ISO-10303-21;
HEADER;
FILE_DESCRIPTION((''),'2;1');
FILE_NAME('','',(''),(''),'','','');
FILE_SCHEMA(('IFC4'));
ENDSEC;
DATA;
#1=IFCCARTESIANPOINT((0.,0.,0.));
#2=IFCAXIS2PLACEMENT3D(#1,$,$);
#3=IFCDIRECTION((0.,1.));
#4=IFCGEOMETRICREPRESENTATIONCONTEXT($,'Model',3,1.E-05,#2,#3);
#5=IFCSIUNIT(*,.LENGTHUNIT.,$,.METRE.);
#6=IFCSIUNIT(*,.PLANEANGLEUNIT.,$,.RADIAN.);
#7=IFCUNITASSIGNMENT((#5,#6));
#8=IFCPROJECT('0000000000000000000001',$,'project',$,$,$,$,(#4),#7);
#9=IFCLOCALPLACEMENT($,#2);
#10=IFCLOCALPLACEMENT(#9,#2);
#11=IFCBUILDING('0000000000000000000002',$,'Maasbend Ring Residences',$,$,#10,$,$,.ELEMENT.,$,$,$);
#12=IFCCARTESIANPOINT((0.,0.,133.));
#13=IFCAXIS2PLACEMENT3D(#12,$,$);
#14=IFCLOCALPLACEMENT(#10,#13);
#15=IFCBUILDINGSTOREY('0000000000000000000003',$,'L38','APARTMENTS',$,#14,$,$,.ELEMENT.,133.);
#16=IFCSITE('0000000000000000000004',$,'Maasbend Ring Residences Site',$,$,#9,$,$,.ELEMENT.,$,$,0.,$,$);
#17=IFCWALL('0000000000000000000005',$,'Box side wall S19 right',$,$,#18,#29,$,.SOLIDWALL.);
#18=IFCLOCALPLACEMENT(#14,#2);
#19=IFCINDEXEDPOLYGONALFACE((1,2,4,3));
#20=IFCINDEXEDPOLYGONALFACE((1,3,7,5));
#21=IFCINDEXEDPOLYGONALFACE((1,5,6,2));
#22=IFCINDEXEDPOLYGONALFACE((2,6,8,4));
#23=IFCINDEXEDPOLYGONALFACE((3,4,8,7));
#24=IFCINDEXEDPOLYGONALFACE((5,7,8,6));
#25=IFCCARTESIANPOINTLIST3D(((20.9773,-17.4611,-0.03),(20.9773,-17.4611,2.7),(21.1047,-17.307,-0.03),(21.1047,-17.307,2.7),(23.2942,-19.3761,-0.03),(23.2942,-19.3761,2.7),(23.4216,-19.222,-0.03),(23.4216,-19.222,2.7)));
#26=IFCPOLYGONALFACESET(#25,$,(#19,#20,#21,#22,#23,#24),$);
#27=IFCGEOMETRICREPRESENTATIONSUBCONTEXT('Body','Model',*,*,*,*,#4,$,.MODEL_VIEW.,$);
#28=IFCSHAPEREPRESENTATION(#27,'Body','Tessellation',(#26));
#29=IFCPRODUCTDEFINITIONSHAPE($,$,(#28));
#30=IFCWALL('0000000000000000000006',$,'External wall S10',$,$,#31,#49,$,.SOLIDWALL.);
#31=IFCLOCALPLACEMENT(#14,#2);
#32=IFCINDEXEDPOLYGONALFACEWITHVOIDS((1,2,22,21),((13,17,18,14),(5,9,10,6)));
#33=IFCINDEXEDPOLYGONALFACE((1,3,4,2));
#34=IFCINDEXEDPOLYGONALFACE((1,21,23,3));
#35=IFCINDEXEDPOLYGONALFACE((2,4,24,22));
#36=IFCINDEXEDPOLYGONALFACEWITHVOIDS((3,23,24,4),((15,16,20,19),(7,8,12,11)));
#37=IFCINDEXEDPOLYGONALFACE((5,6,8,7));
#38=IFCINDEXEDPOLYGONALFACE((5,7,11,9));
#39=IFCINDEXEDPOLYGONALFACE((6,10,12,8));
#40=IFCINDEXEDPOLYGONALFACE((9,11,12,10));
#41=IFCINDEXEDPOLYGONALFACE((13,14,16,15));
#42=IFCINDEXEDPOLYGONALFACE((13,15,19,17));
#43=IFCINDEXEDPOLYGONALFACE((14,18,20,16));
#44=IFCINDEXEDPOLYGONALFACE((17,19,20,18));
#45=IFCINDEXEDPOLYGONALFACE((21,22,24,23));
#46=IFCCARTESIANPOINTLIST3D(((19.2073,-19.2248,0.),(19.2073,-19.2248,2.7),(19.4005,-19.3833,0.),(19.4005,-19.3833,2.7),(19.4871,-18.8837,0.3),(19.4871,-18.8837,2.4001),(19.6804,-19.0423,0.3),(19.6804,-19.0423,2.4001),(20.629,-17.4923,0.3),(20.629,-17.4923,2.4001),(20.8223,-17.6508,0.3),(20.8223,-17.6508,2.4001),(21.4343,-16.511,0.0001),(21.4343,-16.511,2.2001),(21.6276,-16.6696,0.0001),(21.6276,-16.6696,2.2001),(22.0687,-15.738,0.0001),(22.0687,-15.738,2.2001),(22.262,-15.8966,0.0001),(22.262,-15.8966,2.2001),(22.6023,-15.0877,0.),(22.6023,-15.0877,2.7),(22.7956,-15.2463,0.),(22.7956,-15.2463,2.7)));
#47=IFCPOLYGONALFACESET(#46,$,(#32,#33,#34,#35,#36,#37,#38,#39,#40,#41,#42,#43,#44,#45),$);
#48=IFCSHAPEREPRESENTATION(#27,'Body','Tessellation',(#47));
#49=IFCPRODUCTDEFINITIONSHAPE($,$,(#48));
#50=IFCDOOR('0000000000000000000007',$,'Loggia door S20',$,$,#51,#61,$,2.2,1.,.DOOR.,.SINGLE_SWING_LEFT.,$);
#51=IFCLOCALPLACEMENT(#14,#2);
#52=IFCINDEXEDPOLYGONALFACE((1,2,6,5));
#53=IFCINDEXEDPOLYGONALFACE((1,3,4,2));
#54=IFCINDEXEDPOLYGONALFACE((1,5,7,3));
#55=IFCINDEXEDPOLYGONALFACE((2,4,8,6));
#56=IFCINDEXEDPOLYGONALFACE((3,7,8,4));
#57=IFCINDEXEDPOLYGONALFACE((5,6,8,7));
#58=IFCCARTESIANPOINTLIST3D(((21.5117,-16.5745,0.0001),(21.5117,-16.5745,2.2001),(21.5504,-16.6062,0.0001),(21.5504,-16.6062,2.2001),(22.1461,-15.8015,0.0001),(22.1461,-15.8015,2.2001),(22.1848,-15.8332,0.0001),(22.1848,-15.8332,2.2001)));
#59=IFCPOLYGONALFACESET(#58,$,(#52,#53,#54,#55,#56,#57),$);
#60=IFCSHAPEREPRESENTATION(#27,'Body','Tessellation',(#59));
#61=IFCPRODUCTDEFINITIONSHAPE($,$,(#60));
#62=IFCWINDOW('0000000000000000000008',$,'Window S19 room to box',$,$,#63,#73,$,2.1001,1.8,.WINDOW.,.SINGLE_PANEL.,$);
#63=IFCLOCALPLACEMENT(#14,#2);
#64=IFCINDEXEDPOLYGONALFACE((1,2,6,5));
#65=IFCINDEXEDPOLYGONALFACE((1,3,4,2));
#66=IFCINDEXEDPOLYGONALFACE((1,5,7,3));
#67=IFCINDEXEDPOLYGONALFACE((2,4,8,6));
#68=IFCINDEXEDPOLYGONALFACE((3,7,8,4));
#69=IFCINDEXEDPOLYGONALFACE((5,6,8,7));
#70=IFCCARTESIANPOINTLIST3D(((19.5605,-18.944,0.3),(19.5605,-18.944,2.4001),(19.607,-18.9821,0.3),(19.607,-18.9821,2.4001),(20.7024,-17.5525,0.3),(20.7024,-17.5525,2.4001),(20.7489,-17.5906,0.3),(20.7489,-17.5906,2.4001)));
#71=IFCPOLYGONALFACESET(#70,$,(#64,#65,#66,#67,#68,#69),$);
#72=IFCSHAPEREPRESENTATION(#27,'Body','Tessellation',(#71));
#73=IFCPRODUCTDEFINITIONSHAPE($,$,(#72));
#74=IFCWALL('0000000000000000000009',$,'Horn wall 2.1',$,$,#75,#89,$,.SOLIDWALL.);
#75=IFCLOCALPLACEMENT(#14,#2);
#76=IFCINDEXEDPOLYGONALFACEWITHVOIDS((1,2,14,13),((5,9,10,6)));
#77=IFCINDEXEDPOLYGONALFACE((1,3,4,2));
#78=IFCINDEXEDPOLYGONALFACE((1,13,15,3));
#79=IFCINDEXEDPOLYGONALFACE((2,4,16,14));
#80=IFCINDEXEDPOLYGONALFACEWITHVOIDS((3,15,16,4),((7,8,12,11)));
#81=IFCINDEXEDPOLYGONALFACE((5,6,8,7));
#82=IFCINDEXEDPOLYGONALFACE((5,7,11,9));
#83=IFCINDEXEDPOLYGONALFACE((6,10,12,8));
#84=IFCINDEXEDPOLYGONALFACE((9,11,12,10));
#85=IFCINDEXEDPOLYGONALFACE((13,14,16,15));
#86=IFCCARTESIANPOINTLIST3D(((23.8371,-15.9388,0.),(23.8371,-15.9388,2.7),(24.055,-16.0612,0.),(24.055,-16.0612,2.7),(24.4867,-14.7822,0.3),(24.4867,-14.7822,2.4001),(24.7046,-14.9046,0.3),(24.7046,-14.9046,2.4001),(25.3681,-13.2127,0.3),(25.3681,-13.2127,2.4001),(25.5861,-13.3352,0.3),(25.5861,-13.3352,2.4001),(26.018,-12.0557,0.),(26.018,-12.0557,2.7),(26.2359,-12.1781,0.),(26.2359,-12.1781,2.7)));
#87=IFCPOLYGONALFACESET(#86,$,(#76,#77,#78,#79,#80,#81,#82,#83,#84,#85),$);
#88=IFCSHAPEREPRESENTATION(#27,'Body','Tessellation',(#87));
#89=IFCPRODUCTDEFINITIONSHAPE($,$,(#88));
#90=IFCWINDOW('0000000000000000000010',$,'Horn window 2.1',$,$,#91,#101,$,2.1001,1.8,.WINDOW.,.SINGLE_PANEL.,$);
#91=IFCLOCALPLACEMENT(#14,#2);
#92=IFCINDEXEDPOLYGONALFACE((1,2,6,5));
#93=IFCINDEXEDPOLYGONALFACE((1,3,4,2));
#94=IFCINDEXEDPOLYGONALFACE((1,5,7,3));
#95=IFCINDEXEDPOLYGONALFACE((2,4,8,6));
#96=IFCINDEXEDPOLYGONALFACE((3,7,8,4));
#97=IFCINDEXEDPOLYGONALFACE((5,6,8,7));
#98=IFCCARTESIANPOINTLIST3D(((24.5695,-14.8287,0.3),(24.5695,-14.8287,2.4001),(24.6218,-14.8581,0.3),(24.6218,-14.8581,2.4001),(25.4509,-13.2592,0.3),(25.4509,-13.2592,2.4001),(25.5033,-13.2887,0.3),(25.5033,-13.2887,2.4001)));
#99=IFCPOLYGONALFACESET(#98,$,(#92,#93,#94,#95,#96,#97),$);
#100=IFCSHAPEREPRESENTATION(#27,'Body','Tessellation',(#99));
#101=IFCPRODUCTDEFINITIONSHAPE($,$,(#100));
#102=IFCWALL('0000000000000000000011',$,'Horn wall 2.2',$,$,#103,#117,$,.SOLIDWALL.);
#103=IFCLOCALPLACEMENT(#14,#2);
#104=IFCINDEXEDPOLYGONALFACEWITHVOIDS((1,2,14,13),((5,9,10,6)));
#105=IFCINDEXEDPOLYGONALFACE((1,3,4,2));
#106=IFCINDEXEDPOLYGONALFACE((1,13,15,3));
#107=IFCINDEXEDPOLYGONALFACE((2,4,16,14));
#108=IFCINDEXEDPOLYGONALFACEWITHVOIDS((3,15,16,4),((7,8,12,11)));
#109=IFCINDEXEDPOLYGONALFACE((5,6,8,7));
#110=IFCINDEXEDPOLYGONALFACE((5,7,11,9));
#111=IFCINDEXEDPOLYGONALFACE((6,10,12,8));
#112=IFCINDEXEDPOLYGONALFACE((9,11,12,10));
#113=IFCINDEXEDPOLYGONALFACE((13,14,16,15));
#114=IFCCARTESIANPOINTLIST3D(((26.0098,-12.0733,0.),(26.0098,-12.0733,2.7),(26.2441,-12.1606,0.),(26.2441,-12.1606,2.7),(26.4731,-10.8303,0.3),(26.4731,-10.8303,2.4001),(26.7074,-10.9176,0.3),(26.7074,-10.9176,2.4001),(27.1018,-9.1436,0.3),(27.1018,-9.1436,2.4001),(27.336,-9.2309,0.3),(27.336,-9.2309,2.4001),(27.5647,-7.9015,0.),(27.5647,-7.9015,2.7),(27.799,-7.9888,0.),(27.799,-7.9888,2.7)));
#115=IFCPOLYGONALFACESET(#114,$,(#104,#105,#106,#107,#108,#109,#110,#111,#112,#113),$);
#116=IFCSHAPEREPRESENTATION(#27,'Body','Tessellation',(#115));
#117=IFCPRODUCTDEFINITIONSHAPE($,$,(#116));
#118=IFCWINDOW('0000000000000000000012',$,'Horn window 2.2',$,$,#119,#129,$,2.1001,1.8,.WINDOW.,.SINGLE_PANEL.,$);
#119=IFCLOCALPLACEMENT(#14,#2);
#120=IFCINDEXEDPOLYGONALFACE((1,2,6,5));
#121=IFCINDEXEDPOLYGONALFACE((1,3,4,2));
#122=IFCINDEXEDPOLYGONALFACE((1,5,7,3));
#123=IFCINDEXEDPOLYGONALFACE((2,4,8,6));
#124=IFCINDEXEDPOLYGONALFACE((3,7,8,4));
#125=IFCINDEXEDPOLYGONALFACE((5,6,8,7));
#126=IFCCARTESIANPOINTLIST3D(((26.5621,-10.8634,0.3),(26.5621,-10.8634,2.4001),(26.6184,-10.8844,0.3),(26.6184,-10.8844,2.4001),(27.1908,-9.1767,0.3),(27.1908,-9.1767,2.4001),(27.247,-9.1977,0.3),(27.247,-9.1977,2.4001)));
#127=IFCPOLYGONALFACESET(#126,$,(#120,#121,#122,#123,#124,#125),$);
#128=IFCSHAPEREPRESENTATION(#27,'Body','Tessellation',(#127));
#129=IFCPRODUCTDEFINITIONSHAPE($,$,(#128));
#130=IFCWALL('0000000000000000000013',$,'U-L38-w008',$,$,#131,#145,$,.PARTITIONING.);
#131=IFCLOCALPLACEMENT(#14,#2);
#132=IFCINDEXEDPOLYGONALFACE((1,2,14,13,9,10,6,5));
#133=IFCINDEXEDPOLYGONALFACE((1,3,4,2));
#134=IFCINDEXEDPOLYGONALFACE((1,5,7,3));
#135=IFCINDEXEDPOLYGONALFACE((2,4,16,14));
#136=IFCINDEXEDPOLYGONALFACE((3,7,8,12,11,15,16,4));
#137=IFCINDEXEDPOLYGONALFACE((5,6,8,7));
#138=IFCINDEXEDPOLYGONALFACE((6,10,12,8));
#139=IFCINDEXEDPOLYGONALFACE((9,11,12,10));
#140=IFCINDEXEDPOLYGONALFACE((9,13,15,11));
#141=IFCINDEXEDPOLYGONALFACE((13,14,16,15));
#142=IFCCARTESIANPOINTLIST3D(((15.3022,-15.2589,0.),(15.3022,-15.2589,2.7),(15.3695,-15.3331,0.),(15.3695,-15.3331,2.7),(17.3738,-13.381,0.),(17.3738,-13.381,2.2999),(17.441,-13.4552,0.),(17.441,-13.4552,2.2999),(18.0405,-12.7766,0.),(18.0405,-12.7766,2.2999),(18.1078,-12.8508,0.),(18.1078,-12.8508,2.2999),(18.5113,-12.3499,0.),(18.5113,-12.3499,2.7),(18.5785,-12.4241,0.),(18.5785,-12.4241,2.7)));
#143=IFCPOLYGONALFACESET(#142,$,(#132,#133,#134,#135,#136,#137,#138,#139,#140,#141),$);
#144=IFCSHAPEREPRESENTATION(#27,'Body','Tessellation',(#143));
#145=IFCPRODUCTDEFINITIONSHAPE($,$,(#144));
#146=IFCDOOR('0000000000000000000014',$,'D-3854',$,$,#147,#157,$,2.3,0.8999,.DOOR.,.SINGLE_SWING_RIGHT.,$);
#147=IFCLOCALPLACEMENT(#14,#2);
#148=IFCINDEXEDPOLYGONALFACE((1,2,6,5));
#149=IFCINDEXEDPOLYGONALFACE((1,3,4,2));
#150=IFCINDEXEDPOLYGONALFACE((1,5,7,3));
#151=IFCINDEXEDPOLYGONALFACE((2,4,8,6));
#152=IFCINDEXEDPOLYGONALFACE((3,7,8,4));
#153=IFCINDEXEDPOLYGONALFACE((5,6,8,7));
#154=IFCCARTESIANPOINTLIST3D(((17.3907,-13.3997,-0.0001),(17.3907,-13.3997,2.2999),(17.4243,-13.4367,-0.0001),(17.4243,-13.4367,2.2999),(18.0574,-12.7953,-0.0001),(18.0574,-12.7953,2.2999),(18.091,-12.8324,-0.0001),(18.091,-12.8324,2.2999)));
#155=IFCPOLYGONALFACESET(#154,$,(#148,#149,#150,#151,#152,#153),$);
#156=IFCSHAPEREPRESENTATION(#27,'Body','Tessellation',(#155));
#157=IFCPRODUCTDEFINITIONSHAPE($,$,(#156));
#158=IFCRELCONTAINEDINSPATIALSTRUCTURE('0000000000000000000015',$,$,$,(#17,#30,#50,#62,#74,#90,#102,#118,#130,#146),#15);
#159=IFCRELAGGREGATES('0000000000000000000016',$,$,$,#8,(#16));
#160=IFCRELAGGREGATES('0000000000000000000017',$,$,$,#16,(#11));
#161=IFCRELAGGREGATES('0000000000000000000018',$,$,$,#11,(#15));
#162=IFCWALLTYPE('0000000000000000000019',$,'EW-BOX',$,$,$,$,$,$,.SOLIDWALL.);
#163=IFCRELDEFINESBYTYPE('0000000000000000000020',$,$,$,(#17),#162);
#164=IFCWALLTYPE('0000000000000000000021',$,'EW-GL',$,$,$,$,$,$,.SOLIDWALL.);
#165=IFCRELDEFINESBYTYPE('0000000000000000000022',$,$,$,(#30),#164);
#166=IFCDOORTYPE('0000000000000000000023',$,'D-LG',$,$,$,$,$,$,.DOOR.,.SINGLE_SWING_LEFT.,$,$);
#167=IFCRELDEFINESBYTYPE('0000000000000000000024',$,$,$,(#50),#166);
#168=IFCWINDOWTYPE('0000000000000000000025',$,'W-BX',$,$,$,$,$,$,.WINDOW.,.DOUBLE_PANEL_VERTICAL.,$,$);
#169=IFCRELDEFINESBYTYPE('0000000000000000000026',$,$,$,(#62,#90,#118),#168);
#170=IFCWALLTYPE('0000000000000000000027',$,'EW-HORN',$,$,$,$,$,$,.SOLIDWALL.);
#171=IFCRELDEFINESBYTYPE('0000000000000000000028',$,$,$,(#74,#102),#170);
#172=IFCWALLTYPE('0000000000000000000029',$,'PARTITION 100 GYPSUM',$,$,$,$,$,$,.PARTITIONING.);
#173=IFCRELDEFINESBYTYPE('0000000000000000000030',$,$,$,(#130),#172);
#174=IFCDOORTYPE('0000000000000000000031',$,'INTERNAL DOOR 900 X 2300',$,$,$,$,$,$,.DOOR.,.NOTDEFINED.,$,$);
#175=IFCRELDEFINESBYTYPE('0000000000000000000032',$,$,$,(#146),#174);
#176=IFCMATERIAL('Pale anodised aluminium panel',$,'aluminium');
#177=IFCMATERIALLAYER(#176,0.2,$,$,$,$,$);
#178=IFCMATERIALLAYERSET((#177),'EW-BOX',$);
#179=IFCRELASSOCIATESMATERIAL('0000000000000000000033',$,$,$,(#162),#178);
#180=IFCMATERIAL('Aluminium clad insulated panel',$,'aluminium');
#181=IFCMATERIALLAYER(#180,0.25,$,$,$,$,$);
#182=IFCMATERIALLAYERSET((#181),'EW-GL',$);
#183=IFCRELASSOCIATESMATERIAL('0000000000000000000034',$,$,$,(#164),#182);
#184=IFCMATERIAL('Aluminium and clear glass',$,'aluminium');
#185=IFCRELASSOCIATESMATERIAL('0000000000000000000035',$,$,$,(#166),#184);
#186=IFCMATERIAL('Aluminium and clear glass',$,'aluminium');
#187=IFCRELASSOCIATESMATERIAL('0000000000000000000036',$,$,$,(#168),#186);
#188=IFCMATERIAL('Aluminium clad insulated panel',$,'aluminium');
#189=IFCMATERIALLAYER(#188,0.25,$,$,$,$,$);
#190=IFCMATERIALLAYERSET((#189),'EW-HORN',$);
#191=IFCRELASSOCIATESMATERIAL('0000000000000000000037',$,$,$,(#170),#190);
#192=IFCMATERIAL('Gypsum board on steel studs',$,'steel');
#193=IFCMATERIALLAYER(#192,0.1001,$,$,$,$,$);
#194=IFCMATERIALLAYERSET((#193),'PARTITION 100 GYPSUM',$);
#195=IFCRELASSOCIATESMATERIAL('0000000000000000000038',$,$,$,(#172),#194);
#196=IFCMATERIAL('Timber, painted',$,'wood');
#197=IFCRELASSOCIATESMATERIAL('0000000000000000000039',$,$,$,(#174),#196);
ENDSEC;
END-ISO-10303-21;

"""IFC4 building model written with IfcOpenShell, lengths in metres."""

from ifc_helpers import new_model, si_unit, direction, frame, frame_2d, origin, place, context, subcontext, project, spatial, rectangle, extrude, material, layer, layer_set, type_object, element, fill, save


model = new_model("IFC4")

# Units and contexts
model_context = context("Model", 3, precision=1e-05, world=origin(), true_north=direction((0.0, 1.0)))
body_context = subcontext(model_context, "Body", "Model", "MODEL_VIEW")
ifc_project = project(units=[si_unit("LENGTHUNIT", "METRE"), si_unit("PLANEANGLEUNIT", "RADIAN")], contexts=[model_context])

# Site, building, storey
site_placement = place(None, origin())
site = spatial("IfcSite", under=ifc_project, at=site_placement, Name="Maasbend Ring Residences Site", CompositionType="ELEMENT", RefElevation=0.0)
building_placement = place(site_placement, origin())
building = spatial("IfcBuilding", under=site, at=building_placement, Name="Maasbend Ring Residences", CompositionType="ELEMENT")
storey_placement = place(building_placement, frame((0.0, 0.0, 133.0)))
storey = spatial("IfcBuildingStorey", under=building, at=storey_placement, Name="L38", Description="APARTMENTS", CompositionType="ELEMENT", Elevation=133.0)

# Wall
ifc_material_1 = material(Name="Pale anodised aluminium panel", Category="aluminium")
ifc_layer_1 = layer(ifc_material_1, 0.2)
ifc_layer_set_1 = layer_set([ifc_layer_1], Name="EW-BOX")
wall_type_1 = type_object("IfcWallType", Name="EW-BOX", PredefinedType="SOLIDWALL", material=ifc_layer_set_1)
wall_1_placement = place(storey_placement, frame((21.041, -17.384, -0.03), z_axis=(0.0, 0.0, 1.0), x_axis=(0.770785, -0.637096, 0.0)))
element("IfcWall", 1, at=wall_1_placement, inside=storey, type_object=wall_type_1, Name="Box side wall S19 right", PredefinedType="SOLIDWALL", context=body_context, shape_type="SweptSolid", body=[
    extrude(rectangle(XDim=3.0059, YDim=0.2, at=frame_2d((1.5029, 0.0))), origin(), (0.0, 0.0, 1.0), 2.73),
])

# Wall, openings, door, window
ifc_material_2 = material(Name="Aluminium clad insulated panel", Category="aluminium")
ifc_layer_2 = layer(ifc_material_2, 0.25)
ifc_layer_set_2 = layer_set([ifc_layer_2], Name="EW-GL")
wall_type_2 = type_object("IfcWallType", Name="EW-GL", PredefinedType="SOLIDWALL", material=ifc_layer_set_2)
wall_2_placement = place(storey_placement, frame((19.304, -19.304, 0.0), z_axis=(0.0, 0.0, 1.0), x_axis=(0.634382, 0.773019, 0.0)))
wall_2 = element("IfcWall", 2, at=wall_2_placement, inside=storey, type_object=wall_type_2, Name="External wall S10", PredefinedType="SOLIDWALL", context=body_context, shape_type="SweptSolid", body=[
    extrude(rectangle(XDim=5.3518, YDim=0.25, at=frame_2d((2.6758, 0.0))), origin(), (0.0, 0.0, 1.0), 2.7),
])
opening_1_placement = place(wall_2_placement, frame((0.4412, 0.0, 0.3)))
opening_1 = element("IfcOpeningElement", 3, at=opening_1_placement, cuts=wall_2, PredefinedType="OPENING", context=body_context, shape_type="SweptSolid", body=[
    extrude(rectangle(XDim=1.8, YDim=2.1001, at=frame_2d((0.8999, 1.05))), frame((0.0, 0.135, 0.0), z_axis=(0.0, -1.0, 0.0), x_axis=(1.0, 0.0, 0.0)), (0.0, 0.0, 1.0), 0.27),
])
opening_2_placement = place(wall_2_placement, frame((3.5105, 0.0, 0.0)))
opening_2 = element("IfcOpeningElement", 4, at=opening_2_placement, cuts=wall_2, PredefinedType="OPENING", context=body_context, shape_type="SweptSolid", body=[
    extrude(rectangle(XDim=1.0, YDim=2.2, at=frame_2d((0.5, 1.1001))), frame((0.0, 0.135, 0.0), z_axis=(0.0, -1.0, 0.0), x_axis=(1.0, 0.0, 0.0)), (0.0, 0.0, 1.0), 0.27),
])
ifc_material_3 = material(Name="Aluminium and clear glass", Category="aluminium")
door_type_1 = type_object("IfcDoorType", Name="D-LG", OperationType="SINGLE_SWING_LEFT", PredefinedType="DOOR", material=ifc_material_3)
door_1_placement = place(opening_2_placement, origin())
door_1 = element("IfcDoor", 5, at=door_1_placement, inside=storey, type_object=door_type_1, Name="Loggia door S20", OperationType="SINGLE_SWING_LEFT", OverallHeight=2.2, OverallWidth=1.0, PredefinedType="DOOR", context=body_context, shape_type="SweptSolid", body=[
    extrude(rectangle(XDim=1.0, YDim=2.2, at=frame_2d((0.5, 1.1001))), frame((0.0, 0.0249, 0.0), z_axis=(0.0, -1.0, 0.0), x_axis=(1.0, 0.0, 0.0)), (0.0, 0.0, 1.0), 0.05),
])
fill(opening_2, door_1)
ifc_material_4 = material(Name="Aluminium and clear glass", Category="aluminium")
window_type = type_object("IfcWindowType", Name="W-BX", PartitioningType="DOUBLE_PANEL_VERTICAL", PredefinedType="WINDOW", material=ifc_material_4)
window_1_placement = place(opening_1_placement, origin())
window_1 = element("IfcWindow", 6, at=window_1_placement, inside=storey, type_object=window_type, Name="Window S19 room to box", OverallHeight=2.1001, OverallWidth=1.8, PartitioningType="SINGLE_PANEL", PredefinedType="WINDOW", context=body_context, shape_type="SweptSolid", body=[
    extrude(rectangle(XDim=1.8, YDim=2.1001, at=frame_2d((0.8999, 1.05))), frame((0.0, 0.03, 0.0), z_axis=(0.0, -1.0, 0.0), x_axis=(1.0, 0.0, 0.0)), (0.0, 0.0, 1.0), 0.0601),
])
fill(opening_1, window_1)

# Walls, openings, windows
ifc_material_5 = material(Name="Aluminium clad insulated panel", Category="aluminium")
ifc_layer_3 = layer(ifc_material_5, 0.25)
ifc_layer_set_3 = layer_set([ifc_layer_3], Name="EW-HORN")
wall_type_3 = type_object("IfcWallType", Name="EW-HORN", PredefinedType="SOLIDWALL", material=ifc_layer_set_3)
wall_3_placement = place(storey_placement, frame((23.946, -16.0, 0.0), z_axis=(0.0, 0.0, 1.0), x_axis=(0.489696, 0.871893, 0.0)))
wall_3 = element("IfcWall", 7, at=wall_3_placement, inside=storey, type_object=wall_type_3, Name="Horn wall 2.1", PredefinedType="SOLIDWALL", context=body_context, shape_type="SweptSolid", body=[
    extrude(rectangle(XDim=4.4536, YDim=0.25, at=frame_2d((2.2268, 0.0))), origin(), (0.0, 0.0, 1.0), 2.7),
])
opening_3_placement = place(wall_3_placement, frame((1.3267, 0.0, 0.3)))
opening_3 = element("IfcOpeningElement", 8, at=opening_3_placement, cuts=wall_3, PredefinedType="OPENING", context=body_context, shape_type="SweptSolid", body=[
    extrude(rectangle(XDim=1.8, YDim=2.1001, at=frame_2d((0.8999, 1.05))), frame((0.0, 0.135, 0.0), z_axis=(0.0, -1.0, 0.0), x_axis=(1.0, 0.0, 0.0)), (0.0, 0.0, 1.0), 0.27),
])
window_2_placement = place(opening_3_placement, origin())
window_2 = element("IfcWindow", 9, at=window_2_placement, inside=storey, type_object=window_type, Name="Horn window 2.1", OverallHeight=2.1001, OverallWidth=1.8, PartitioningType="SINGLE_PANEL", PredefinedType="WINDOW", context=body_context, shape_type="SweptSolid", body=[
    extrude(rectangle(XDim=1.8, YDim=2.1001, at=frame_2d((0.8999, 1.05))), frame((0.0, 0.03, 0.0), z_axis=(0.0, -1.0, 0.0), x_axis=(1.0, 0.0, 0.0)), (0.0, 0.0, 1.0), 0.0601),
])
fill(opening_3, window_2)
wall_4_placement = place(storey_placement, frame((26.127, -12.1169, 0.0), z_axis=(0.0, 0.0, 1.0), x_axis=(0.349248, 0.93703, 0.0)))
wall_4 = element("IfcWall", 10, at=wall_4_placement, inside=storey, type_object=wall_type_3, Name="Horn wall 2.2", PredefinedType="SOLIDWALL", context=body_context, shape_type="SweptSolid", body=[
    extrude(rectangle(XDim=4.4521, YDim=0.25, at=frame_2d((2.2261, 0.0))), origin(), (0.0, 0.0, 1.0), 2.7),
])
opening_4_placement = place(wall_4_placement, frame((1.3267, 0.0, 0.3)))
opening_4 = element("IfcOpeningElement", 11, at=opening_4_placement, cuts=wall_4, PredefinedType="OPENING", context=body_context, shape_type="SweptSolid", body=[
    extrude(rectangle(XDim=1.8, YDim=2.1001, at=frame_2d((0.8999, 1.05))), frame((0.0, 0.135, 0.0), z_axis=(0.0, -1.0, 0.0), x_axis=(1.0, 0.0, 0.0)), (0.0, 0.0, 1.0), 0.27),
])
window_3_placement = place(opening_4_placement, origin())
window_3 = element("IfcWindow", 12, at=window_3_placement, inside=storey, type_object=window_type, Name="Horn window 2.2", OverallHeight=2.1001, OverallWidth=1.8, PartitioningType="SINGLE_PANEL", PredefinedType="WINDOW", context=body_context, shape_type="SweptSolid", body=[
    extrude(rectangle(XDim=1.8, YDim=2.1001, at=frame_2d((0.8999, 1.05))), frame((0.0, 0.03, 0.0), z_axis=(0.0, -1.0, 0.0), x_axis=(1.0, 0.0, 0.0)), (0.0, 0.0, 1.0), 0.0601),
])
fill(opening_4, window_3)

# Wall, opening, door
ifc_material_6 = material(Name="Gypsum board on steel studs", Category="steel")
ifc_layer_4 = layer(ifc_material_6, 0.1001)
ifc_layer_set_4 = layer_set([ifc_layer_4], Name="PARTITION 100 GYPSUM")
wall_type_4 = type_object("IfcWallType", Name="PARTITION 100 GYPSUM", PredefinedType="PARTITIONING", material=ifc_layer_set_4)
wall_5_placement = place(storey_placement, frame((15.3359, -15.2959, 0.0), z_axis=(0.0, 0.0, 1.0), x_axis=(0.740896, 0.67162, 0.0)))
wall_5 = element("IfcWall", 13, at=wall_5_placement, inside=storey, type_object=wall_type_4, Name="U-L38-w008", PredefinedType="PARTITIONING", context=body_context, shape_type="SweptSolid", body=[
    extrude(rectangle(XDim=4.3313, YDim=0.1001, at=frame_2d((2.1655, 0.0))), origin(), (0.0, 0.0, 1.0), 2.7),
])
opening_5_placement = place(wall_5_placement, frame((2.7959, 0.0, 0.0)))
opening_5 = element("IfcOpeningElement", 14, at=opening_5_placement, cuts=wall_5, PredefinedType="OPENING", context=body_context, shape_type="SweptSolid", body=[
    extrude(rectangle(XDim=0.8999, YDim=2.3, at=frame_2d((0.45, 1.1499))), frame((0.0, 0.0601, 0.0), z_axis=(0.0, -1.0, 0.0), x_axis=(1.0, 0.0, 0.0)), (0.0, 0.0, 1.0), 0.1201),
])
ifc_material_7 = material(Name="Timber, painted", Category="wood")
door_type_2 = type_object("IfcDoorType", Name="INTERNAL DOOR 900 X 2300", OperationType="NOTDEFINED", PredefinedType="DOOR", material=ifc_material_7)
door_2_placement = place(opening_5_placement, origin())
door_2 = element("IfcDoor", 15, at=door_2_placement, inside=storey, type_object=door_type_2, Name="D-3854", OperationType="SINGLE_SWING_RIGHT", OverallHeight=2.3, OverallWidth=0.8999, PredefinedType="DOOR", context=body_context, shape_type="SweptSolid", body=[
    extrude(rectangle(XDim=0.8999, YDim=2.3, at=frame_2d((0.45, 1.1499))), frame((0.0, 0.0249, 0.0), z_axis=(0.0, -1.0, 0.0), x_axis=(1.0, 0.0, 0.0)), (0.0, 0.0, 1.0), 0.05),
])
fill(opening_5, door_2)

save(model, "model.ifc")
